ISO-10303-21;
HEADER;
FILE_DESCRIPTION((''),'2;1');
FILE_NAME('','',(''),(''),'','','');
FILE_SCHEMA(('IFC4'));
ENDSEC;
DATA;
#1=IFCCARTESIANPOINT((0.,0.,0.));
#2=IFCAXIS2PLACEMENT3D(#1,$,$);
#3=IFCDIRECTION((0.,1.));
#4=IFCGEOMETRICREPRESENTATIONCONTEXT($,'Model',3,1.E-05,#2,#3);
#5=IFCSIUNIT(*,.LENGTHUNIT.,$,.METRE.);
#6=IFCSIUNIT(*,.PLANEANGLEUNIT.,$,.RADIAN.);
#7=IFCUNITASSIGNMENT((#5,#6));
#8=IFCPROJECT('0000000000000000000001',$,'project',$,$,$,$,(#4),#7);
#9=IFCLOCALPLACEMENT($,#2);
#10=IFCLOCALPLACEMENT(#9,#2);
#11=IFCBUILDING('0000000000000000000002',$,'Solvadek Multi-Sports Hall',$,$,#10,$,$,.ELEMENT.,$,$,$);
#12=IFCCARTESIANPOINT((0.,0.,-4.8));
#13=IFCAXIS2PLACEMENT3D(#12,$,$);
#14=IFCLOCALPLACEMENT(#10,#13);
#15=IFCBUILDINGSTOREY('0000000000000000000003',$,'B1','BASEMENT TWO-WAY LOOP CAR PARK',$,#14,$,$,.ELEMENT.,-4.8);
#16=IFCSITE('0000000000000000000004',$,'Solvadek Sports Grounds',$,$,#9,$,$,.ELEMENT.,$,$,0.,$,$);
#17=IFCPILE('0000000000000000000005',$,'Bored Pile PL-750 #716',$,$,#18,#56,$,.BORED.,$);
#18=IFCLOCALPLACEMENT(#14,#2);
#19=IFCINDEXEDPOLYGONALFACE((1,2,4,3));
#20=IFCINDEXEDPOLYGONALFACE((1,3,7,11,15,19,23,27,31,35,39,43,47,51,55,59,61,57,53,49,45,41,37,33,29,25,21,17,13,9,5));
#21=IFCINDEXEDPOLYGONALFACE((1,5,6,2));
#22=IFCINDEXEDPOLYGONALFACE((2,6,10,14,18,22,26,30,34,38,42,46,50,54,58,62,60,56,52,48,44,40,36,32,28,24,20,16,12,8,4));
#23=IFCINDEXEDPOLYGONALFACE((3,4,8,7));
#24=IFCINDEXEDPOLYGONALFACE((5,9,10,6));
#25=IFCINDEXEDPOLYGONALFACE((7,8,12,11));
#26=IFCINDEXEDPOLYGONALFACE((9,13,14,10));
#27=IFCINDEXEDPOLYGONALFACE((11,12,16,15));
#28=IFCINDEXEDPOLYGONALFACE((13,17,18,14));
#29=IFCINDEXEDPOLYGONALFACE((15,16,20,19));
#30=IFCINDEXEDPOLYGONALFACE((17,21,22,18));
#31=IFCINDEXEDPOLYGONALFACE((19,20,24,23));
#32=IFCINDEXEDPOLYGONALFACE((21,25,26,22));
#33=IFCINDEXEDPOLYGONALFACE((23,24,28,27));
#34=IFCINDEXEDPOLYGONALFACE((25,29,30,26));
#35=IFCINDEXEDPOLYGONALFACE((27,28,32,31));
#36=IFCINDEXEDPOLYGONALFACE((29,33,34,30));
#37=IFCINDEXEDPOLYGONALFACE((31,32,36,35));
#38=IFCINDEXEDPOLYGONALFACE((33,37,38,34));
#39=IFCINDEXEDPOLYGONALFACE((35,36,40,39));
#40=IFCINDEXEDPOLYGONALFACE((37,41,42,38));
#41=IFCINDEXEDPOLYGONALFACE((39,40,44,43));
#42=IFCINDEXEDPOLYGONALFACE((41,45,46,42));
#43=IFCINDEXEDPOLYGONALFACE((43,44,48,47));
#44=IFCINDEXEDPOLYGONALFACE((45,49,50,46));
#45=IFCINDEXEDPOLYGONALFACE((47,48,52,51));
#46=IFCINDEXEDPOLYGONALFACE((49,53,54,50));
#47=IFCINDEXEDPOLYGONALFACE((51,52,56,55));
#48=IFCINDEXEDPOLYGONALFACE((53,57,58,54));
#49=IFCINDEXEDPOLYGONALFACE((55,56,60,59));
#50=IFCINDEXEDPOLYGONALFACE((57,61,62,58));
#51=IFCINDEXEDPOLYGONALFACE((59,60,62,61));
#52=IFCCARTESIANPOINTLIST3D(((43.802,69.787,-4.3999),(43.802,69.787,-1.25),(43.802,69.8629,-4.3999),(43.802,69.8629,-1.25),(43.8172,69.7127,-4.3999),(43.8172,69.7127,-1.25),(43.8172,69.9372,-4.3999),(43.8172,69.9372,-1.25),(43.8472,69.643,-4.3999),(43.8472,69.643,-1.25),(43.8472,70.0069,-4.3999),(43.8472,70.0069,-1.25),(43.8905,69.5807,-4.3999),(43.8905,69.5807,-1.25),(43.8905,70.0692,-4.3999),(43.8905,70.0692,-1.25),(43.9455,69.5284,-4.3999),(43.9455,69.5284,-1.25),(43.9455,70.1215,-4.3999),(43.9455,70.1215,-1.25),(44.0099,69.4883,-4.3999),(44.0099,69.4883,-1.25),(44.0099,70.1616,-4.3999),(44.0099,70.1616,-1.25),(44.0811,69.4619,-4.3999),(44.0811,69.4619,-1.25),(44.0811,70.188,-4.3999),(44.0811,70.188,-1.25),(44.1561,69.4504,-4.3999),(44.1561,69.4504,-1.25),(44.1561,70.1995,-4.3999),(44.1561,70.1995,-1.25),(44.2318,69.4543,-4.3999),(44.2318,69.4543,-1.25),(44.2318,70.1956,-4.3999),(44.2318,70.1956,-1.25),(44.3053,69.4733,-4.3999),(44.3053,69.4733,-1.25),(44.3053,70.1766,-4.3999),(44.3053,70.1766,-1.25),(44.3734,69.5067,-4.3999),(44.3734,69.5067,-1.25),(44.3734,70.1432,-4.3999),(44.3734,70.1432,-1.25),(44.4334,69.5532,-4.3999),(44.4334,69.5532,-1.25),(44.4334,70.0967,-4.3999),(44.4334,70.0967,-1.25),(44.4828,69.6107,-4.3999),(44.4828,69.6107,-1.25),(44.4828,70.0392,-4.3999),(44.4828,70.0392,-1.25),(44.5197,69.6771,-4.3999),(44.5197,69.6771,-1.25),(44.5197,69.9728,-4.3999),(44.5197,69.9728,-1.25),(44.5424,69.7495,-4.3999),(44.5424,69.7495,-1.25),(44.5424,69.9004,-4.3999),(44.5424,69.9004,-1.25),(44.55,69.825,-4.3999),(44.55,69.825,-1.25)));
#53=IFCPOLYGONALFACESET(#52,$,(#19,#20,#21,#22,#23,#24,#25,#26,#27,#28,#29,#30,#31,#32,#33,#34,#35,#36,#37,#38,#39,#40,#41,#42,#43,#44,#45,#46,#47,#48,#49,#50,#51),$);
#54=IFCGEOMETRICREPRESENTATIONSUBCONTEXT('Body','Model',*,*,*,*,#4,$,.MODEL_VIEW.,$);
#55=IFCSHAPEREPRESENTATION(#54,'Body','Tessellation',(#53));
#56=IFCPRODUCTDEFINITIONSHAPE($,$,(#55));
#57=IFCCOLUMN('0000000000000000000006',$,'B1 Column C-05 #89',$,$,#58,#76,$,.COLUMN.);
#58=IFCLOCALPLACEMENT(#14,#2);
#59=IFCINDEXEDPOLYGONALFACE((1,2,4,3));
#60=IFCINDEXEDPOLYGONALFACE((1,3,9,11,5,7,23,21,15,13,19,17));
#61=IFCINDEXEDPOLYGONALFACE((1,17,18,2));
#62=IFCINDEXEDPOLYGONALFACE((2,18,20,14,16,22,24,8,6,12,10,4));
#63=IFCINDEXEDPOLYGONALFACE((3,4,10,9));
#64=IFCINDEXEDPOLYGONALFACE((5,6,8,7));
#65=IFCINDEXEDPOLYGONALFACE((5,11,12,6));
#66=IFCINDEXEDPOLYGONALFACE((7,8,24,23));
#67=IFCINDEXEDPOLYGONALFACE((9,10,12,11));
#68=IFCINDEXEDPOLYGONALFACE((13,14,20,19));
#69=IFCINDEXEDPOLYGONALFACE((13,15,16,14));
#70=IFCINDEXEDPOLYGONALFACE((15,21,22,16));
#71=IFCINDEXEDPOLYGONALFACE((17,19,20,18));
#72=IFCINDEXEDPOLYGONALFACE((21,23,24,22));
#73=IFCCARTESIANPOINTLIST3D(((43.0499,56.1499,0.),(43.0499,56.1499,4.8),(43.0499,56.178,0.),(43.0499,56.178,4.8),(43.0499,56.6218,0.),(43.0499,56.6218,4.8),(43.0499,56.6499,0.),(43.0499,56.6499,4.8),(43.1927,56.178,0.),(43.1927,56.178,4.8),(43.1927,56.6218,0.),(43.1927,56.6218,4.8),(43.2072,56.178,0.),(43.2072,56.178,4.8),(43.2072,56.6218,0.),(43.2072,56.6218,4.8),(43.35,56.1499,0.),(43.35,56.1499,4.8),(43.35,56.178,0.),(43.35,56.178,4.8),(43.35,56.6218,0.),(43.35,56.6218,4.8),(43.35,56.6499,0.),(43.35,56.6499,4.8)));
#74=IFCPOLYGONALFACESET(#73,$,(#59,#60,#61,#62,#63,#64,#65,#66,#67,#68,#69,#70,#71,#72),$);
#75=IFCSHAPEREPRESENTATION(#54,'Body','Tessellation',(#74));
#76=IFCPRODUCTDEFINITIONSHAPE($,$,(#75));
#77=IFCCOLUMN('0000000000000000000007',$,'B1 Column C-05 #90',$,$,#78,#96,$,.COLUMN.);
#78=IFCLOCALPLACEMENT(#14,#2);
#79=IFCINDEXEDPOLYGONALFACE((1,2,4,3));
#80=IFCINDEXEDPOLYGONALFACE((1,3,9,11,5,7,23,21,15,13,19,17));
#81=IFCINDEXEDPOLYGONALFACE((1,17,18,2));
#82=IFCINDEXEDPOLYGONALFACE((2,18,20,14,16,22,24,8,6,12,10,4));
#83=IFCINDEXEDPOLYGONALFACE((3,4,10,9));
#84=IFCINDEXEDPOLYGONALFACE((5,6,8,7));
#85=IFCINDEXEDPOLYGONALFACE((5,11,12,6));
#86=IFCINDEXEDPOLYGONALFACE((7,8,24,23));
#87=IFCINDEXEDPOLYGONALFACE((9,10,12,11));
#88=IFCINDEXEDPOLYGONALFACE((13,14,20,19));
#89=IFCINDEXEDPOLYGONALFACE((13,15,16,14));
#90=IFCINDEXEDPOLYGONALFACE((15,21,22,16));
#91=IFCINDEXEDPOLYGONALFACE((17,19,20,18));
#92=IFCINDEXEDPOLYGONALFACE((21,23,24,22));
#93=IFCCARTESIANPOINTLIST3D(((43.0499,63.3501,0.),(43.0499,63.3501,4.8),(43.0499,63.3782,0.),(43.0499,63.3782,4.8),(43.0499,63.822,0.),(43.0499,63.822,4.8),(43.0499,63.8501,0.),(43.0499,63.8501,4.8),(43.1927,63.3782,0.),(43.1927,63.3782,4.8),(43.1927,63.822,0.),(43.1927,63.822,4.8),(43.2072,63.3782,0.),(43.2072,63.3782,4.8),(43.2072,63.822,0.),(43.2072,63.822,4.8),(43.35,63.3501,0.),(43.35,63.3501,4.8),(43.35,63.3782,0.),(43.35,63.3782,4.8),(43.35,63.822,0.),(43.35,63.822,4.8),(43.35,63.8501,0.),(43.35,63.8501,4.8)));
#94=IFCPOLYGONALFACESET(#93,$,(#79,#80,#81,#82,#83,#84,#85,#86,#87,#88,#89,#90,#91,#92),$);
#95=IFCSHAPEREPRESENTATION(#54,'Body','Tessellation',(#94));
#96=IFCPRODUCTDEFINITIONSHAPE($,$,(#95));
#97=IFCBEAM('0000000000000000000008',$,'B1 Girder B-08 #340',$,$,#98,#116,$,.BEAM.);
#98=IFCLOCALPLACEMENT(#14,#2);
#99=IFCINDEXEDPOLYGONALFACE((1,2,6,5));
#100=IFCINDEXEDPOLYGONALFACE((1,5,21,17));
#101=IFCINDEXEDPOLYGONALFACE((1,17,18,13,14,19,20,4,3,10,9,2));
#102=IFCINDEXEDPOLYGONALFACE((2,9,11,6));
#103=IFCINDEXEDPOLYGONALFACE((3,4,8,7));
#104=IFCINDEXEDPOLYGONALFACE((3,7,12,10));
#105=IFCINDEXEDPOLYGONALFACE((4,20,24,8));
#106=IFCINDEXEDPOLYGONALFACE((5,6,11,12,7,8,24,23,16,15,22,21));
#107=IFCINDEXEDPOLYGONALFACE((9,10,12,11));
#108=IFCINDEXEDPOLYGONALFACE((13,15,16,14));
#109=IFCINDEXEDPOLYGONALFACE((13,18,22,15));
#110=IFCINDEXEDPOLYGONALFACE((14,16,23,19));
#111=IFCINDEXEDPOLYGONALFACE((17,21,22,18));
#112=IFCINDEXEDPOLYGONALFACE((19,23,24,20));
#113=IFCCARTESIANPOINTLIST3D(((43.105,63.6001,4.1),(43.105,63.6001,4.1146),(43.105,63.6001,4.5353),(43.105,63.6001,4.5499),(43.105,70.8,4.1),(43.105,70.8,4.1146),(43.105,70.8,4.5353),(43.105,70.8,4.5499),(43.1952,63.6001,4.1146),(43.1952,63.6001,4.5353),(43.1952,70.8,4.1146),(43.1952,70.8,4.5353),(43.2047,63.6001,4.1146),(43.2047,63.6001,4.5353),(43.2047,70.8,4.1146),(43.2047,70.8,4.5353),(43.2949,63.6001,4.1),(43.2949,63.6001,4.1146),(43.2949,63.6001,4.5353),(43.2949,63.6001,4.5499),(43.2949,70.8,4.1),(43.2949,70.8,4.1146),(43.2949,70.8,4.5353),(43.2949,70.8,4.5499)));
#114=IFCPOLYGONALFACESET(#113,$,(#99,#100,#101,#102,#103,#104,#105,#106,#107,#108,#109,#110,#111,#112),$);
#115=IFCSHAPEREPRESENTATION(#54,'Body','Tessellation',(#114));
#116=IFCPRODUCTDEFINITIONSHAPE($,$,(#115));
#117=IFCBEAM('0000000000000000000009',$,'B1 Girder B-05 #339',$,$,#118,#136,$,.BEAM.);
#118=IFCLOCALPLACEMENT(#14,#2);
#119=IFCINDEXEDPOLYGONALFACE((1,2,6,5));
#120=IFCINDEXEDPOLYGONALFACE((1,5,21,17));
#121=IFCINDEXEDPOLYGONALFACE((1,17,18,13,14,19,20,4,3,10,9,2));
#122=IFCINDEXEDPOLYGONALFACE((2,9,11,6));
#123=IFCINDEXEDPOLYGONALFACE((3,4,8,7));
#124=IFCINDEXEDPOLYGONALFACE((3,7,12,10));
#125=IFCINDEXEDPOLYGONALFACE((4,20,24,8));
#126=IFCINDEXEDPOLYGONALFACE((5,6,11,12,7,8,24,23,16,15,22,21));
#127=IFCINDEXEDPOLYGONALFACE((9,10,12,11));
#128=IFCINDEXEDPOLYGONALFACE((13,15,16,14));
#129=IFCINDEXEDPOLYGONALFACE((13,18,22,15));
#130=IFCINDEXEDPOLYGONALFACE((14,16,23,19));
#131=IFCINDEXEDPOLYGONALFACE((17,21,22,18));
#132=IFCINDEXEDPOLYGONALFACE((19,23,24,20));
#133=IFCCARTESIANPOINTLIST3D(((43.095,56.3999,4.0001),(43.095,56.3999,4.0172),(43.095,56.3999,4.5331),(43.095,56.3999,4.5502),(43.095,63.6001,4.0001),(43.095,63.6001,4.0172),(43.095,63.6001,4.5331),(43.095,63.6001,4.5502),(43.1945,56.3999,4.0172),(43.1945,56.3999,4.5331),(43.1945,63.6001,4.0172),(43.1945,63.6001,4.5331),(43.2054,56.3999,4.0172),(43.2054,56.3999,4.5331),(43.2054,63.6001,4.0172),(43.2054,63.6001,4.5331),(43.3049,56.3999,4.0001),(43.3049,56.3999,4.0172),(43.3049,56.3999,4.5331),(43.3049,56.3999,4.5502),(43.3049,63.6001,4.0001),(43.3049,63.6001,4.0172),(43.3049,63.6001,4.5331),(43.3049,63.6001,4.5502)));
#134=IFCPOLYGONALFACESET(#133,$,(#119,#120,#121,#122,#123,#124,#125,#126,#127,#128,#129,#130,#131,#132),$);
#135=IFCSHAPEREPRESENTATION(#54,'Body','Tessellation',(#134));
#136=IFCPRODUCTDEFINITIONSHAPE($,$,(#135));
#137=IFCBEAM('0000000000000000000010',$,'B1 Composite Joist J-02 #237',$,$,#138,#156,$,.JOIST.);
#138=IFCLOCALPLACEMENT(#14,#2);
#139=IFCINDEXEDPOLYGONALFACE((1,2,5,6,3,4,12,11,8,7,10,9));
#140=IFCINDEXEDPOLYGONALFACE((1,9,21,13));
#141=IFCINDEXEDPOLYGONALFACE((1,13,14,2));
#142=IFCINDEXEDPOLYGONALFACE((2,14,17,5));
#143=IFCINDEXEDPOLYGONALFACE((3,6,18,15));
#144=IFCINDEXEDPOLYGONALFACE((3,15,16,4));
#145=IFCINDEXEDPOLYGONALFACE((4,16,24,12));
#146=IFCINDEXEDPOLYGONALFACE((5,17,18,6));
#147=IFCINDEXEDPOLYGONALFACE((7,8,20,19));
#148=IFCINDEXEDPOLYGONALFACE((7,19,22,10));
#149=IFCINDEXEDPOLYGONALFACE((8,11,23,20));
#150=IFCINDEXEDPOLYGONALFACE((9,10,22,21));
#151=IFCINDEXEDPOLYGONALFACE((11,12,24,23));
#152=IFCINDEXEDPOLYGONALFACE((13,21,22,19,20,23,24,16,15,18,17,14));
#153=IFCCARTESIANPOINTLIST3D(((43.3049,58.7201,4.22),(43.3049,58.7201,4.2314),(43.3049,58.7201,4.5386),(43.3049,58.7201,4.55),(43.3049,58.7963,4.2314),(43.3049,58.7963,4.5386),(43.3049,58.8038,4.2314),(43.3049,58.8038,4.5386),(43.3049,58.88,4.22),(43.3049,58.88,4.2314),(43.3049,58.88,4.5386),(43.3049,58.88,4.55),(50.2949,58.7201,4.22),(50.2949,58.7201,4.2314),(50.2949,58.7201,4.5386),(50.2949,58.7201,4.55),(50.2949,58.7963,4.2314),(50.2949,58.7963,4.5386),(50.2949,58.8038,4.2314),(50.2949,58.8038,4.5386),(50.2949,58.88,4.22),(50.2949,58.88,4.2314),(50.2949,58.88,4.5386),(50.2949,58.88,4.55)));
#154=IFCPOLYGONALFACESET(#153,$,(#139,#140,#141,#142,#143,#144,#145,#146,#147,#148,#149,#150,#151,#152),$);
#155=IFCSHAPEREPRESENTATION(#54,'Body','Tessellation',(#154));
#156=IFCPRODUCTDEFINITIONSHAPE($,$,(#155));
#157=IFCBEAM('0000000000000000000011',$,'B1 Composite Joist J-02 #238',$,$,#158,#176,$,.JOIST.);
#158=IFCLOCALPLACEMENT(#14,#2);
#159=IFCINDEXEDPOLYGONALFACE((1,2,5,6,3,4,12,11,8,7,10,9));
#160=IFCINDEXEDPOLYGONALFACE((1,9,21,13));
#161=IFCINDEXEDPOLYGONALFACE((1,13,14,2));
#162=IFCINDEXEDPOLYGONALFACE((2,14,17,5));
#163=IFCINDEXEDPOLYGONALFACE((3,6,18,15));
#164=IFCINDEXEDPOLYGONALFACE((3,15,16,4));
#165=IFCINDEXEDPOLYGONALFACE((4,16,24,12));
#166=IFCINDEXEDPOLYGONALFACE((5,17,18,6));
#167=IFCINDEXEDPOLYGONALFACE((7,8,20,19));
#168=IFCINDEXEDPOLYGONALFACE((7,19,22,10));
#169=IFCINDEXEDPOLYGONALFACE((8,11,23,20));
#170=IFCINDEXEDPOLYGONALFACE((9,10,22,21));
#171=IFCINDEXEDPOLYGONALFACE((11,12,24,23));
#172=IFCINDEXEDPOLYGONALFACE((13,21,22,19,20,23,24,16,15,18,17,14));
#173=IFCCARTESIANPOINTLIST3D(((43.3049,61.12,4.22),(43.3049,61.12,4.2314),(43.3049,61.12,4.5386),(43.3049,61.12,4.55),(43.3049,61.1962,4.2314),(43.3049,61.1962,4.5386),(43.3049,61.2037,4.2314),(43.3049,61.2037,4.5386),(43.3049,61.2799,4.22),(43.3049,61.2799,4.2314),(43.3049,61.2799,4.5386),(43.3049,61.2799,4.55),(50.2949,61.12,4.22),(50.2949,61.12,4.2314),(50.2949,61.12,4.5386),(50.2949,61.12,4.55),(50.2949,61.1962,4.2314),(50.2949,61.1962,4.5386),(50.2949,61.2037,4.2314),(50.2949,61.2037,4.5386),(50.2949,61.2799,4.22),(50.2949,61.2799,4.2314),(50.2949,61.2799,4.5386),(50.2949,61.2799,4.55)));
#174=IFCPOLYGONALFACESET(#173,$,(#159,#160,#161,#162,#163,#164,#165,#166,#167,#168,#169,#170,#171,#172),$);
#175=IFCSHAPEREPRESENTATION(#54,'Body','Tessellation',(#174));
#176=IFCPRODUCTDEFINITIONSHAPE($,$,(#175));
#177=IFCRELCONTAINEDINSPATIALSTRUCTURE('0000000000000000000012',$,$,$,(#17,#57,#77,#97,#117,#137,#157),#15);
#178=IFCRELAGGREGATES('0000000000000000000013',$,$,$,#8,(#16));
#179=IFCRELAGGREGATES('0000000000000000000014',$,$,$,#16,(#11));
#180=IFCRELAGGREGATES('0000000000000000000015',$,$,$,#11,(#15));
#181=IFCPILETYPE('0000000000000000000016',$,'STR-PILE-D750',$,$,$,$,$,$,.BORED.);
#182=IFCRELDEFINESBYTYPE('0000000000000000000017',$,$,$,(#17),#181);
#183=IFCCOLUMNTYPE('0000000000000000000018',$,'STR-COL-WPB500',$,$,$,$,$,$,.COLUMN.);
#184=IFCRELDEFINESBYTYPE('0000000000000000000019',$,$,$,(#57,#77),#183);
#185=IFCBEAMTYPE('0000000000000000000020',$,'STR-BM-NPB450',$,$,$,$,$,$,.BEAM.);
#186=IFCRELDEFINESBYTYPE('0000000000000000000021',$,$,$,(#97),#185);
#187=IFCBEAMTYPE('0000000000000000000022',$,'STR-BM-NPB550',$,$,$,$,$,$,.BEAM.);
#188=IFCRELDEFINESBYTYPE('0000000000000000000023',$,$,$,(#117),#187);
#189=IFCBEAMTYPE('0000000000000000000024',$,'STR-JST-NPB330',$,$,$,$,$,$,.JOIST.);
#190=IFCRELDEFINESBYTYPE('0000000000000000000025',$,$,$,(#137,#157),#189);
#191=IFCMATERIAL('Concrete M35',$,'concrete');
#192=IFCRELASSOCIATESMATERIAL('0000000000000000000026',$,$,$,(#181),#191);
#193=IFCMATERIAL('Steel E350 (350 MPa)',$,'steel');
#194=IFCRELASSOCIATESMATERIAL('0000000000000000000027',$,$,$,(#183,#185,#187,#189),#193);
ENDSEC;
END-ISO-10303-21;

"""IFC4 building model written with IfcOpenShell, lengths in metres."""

from ifc_helpers import new_model, si_unit, direction, frame, origin, origin_2d, place, context, subcontext, project, spatial, circle, i_section, extrude, material, material_profile, profile_set, type_object, element, save


model = new_model("IFC4")

# Units and contexts
model_context = context("Model", 3, precision=1e-05, world=origin(), true_north=direction((0.0, 1.0)))
body_context = subcontext(model_context, "Body", "Model", "MODEL_VIEW")
ifc_project = project(units=[si_unit("LENGTHUNIT", "METRE"), si_unit("PLANEANGLEUNIT", "RADIAN")], contexts=[model_context])

# Site, building, storey
site_placement = place(None, origin())
site = spatial("IfcSite", under=ifc_project, at=site_placement, Name="Solvadek Sports Grounds", CompositionType="ELEMENT", RefElevation=0.0)
building_placement = place(site_placement, origin())
building = spatial("IfcBuilding", under=site, at=building_placement, Name="Solvadek Multi-Sports Hall", CompositionType="ELEMENT")
storey_placement = place(building_placement, frame((0.0, 0.0, -4.8)))
storey = spatial("IfcBuildingStorey", under=building, at=storey_placement, Name="B1", Description="BASEMENT TWO-WAY LOOP CAR PARK", CompositionType="ELEMENT", Elevation=-4.8)

# Pile
ifc_material_1 = material(Name="Concrete M35", Category="concrete")
ifc_material_profile_1 = material_profile(ifc_material_1, circle(Radius=0.375, at=origin_2d()), Name="BORED PILE D750")
ifc_profile_set_1 = profile_set([ifc_material_profile_1], Name="Concrete M35")
pile_type = type_object("IfcPileType", Name="STR-PILE-D750", PredefinedType="BORED", material=ifc_profile_set_1)
for number, where, z_axis, x_axis, name in (
    (1, (44.175, 69.825, -1.25), (0.0, 0.0, -1.0), (1.0, 0.0, 0.0), "Bored Pile PL-750 #716"),
):
    element("IfcPile", number, at=place(storey_placement, frame(where, z_axis=z_axis, x_axis=x_axis)), inside=storey, type_object=pile_type, Name=name, PredefinedType="BORED", context=body_context, shape_type="SweptSolid", body=[
        extrude(circle(Radius=0.375, at=origin_2d()), origin(), (0.0, 0.0, 1.0), 3.1499),
    ])

# Columns
ifc_material_2 = material(Name="Steel E350 (350 MPa)", Category="steel")
ifc_material_profile_2 = material_profile(ifc_material_2, i_section(OverallWidth=0.3, OverallDepth=0.5, WebThickness=0.0144, FlangeThickness=0.0281, at=origin_2d()), Name="WPB 500")
ifc_profile_set_2 = profile_set([ifc_material_profile_2], Name="Steel E350 (350 MPa)")
column_type = type_object("IfcColumnType", Name="STR-COL-WPB500", PredefinedType="COLUMN", material=ifc_profile_set_2)
for number, where, z_axis, x_axis, name in (
    (2, (43.2, 56.3999, 0.0), (0.0, 0.0, 1.0), (1.0, 0.0, 0.0), "B1 Column C-05 #89"),
    (3, (43.2, 63.6001, 0.0), (0.0, 0.0, 1.0), (1.0, 0.0, 0.0), "B1 Column C-05 #90"),
):
    element("IfcColumn", number, at=place(storey_placement, frame(where, z_axis=z_axis, x_axis=x_axis)), inside=storey, type_object=column_type, Name=name, PredefinedType="COLUMN", context=body_context, shape_type="SweptSolid", body=[
        extrude(i_section(OverallWidth=0.3, OverallDepth=0.5, WebThickness=0.0144, FlangeThickness=0.0281, at=origin_2d()), origin(), (0.0, 0.0, 1.0), 4.8),
    ])

# Beams
ifc_material_profile_3 = material_profile(ifc_material_2, i_section(OverallWidth=0.1899, OverallDepth=0.45, WebThickness=0.0095, FlangeThickness=0.0146, at=origin_2d()), Name="NPB 450")
ifc_profile_set_3 = profile_set([ifc_material_profile_3], Name="Steel E350 (350 MPa)")
beam_type_1 = type_object("IfcBeamType", Name="STR-BM-NPB450", PredefinedType="BEAM", material=ifc_profile_set_3)
beam_1_placement = place(storey_placement, frame((43.2, 63.6001, 4.325), z_axis=(0.0, 1.0, 0.0), x_axis=(-1.0, 0.0, 0.0)))
element("IfcBeam", 4, at=beam_1_placement, inside=storey, type_object=beam_type_1, Name="B1 Girder B-08 #340", PredefinedType="BEAM", context=body_context, shape_type="SweptSolid", body=[
    extrude(i_section(OverallWidth=0.1899, OverallDepth=0.45, WebThickness=0.0095, FlangeThickness=0.0146, at=origin_2d()), origin(), (0.0, 0.0, 1.0), 7.2),
])
ifc_material_profile_4 = material_profile(ifc_material_2, i_section(OverallWidth=0.21, OverallDepth=0.55, WebThickness=0.011, FlangeThickness=0.0171, at=origin_2d()), Name="NPB 550")
ifc_profile_set_4 = profile_set([ifc_material_profile_4], Name="Steel E350 (350 MPa)")
beam_type_2 = type_object("IfcBeamType", Name="STR-BM-NPB550", PredefinedType="BEAM", material=ifc_profile_set_4)
beam_2_placement = place(storey_placement, frame((43.2, 56.3999, 4.2751), z_axis=(0.0, 1.0, 0.0), x_axis=(-1.0, 0.0, 0.0)))
element("IfcBeam", 5, at=beam_2_placement, inside=storey, type_object=beam_type_2, Name="B1 Girder B-05 #339", PredefinedType="BEAM", context=body_context, shape_type="SweptSolid", body=[
    extrude(i_section(OverallWidth=0.21, OverallDepth=0.55, WebThickness=0.011, FlangeThickness=0.0171, at=origin_2d()), origin(), (0.0, 0.0, 1.0), 7.2002),
])
ifc_material_profile_5 = material_profile(ifc_material_2, i_section(OverallWidth=0.1599, OverallDepth=0.3301, WebThickness=0.0076, FlangeThickness=0.0115, at=origin_2d()), Name="NPB 330")
ifc_profile_set_5 = profile_set([ifc_material_profile_5], Name="Steel E350 (350 MPa)")
beam_type_3 = type_object("IfcBeamType", Name="STR-JST-NPB330", PredefinedType="JOIST", material=ifc_profile_set_5)
for number, where, z_axis, x_axis, name in (
    (6, (43.3049, 58.8, 4.385), (1.0, 0.0, 0.0), (0.0, 1.0, 0.0), "B1 Composite Joist J-02 #237"),
    (7, (43.3049, 61.2, 4.385), (1.0, 0.0, 0.0), (0.0, 1.0, 0.0), "B1 Composite Joist J-02 #238"),
):
    element("IfcBeam", number, at=place(storey_placement, frame(where, z_axis=z_axis, x_axis=x_axis)), inside=storey, type_object=beam_type_3, Name=name, PredefinedType="JOIST", context=body_context, shape_type="SweptSolid", body=[
        extrude(i_section(OverallWidth=0.1599, OverallDepth=0.3301, WebThickness=0.0076, FlangeThickness=0.0115, at=origin_2d()), origin(), (0.0, 0.0, 1.0), 6.99),
    ])

save(model, "model.ifc")
